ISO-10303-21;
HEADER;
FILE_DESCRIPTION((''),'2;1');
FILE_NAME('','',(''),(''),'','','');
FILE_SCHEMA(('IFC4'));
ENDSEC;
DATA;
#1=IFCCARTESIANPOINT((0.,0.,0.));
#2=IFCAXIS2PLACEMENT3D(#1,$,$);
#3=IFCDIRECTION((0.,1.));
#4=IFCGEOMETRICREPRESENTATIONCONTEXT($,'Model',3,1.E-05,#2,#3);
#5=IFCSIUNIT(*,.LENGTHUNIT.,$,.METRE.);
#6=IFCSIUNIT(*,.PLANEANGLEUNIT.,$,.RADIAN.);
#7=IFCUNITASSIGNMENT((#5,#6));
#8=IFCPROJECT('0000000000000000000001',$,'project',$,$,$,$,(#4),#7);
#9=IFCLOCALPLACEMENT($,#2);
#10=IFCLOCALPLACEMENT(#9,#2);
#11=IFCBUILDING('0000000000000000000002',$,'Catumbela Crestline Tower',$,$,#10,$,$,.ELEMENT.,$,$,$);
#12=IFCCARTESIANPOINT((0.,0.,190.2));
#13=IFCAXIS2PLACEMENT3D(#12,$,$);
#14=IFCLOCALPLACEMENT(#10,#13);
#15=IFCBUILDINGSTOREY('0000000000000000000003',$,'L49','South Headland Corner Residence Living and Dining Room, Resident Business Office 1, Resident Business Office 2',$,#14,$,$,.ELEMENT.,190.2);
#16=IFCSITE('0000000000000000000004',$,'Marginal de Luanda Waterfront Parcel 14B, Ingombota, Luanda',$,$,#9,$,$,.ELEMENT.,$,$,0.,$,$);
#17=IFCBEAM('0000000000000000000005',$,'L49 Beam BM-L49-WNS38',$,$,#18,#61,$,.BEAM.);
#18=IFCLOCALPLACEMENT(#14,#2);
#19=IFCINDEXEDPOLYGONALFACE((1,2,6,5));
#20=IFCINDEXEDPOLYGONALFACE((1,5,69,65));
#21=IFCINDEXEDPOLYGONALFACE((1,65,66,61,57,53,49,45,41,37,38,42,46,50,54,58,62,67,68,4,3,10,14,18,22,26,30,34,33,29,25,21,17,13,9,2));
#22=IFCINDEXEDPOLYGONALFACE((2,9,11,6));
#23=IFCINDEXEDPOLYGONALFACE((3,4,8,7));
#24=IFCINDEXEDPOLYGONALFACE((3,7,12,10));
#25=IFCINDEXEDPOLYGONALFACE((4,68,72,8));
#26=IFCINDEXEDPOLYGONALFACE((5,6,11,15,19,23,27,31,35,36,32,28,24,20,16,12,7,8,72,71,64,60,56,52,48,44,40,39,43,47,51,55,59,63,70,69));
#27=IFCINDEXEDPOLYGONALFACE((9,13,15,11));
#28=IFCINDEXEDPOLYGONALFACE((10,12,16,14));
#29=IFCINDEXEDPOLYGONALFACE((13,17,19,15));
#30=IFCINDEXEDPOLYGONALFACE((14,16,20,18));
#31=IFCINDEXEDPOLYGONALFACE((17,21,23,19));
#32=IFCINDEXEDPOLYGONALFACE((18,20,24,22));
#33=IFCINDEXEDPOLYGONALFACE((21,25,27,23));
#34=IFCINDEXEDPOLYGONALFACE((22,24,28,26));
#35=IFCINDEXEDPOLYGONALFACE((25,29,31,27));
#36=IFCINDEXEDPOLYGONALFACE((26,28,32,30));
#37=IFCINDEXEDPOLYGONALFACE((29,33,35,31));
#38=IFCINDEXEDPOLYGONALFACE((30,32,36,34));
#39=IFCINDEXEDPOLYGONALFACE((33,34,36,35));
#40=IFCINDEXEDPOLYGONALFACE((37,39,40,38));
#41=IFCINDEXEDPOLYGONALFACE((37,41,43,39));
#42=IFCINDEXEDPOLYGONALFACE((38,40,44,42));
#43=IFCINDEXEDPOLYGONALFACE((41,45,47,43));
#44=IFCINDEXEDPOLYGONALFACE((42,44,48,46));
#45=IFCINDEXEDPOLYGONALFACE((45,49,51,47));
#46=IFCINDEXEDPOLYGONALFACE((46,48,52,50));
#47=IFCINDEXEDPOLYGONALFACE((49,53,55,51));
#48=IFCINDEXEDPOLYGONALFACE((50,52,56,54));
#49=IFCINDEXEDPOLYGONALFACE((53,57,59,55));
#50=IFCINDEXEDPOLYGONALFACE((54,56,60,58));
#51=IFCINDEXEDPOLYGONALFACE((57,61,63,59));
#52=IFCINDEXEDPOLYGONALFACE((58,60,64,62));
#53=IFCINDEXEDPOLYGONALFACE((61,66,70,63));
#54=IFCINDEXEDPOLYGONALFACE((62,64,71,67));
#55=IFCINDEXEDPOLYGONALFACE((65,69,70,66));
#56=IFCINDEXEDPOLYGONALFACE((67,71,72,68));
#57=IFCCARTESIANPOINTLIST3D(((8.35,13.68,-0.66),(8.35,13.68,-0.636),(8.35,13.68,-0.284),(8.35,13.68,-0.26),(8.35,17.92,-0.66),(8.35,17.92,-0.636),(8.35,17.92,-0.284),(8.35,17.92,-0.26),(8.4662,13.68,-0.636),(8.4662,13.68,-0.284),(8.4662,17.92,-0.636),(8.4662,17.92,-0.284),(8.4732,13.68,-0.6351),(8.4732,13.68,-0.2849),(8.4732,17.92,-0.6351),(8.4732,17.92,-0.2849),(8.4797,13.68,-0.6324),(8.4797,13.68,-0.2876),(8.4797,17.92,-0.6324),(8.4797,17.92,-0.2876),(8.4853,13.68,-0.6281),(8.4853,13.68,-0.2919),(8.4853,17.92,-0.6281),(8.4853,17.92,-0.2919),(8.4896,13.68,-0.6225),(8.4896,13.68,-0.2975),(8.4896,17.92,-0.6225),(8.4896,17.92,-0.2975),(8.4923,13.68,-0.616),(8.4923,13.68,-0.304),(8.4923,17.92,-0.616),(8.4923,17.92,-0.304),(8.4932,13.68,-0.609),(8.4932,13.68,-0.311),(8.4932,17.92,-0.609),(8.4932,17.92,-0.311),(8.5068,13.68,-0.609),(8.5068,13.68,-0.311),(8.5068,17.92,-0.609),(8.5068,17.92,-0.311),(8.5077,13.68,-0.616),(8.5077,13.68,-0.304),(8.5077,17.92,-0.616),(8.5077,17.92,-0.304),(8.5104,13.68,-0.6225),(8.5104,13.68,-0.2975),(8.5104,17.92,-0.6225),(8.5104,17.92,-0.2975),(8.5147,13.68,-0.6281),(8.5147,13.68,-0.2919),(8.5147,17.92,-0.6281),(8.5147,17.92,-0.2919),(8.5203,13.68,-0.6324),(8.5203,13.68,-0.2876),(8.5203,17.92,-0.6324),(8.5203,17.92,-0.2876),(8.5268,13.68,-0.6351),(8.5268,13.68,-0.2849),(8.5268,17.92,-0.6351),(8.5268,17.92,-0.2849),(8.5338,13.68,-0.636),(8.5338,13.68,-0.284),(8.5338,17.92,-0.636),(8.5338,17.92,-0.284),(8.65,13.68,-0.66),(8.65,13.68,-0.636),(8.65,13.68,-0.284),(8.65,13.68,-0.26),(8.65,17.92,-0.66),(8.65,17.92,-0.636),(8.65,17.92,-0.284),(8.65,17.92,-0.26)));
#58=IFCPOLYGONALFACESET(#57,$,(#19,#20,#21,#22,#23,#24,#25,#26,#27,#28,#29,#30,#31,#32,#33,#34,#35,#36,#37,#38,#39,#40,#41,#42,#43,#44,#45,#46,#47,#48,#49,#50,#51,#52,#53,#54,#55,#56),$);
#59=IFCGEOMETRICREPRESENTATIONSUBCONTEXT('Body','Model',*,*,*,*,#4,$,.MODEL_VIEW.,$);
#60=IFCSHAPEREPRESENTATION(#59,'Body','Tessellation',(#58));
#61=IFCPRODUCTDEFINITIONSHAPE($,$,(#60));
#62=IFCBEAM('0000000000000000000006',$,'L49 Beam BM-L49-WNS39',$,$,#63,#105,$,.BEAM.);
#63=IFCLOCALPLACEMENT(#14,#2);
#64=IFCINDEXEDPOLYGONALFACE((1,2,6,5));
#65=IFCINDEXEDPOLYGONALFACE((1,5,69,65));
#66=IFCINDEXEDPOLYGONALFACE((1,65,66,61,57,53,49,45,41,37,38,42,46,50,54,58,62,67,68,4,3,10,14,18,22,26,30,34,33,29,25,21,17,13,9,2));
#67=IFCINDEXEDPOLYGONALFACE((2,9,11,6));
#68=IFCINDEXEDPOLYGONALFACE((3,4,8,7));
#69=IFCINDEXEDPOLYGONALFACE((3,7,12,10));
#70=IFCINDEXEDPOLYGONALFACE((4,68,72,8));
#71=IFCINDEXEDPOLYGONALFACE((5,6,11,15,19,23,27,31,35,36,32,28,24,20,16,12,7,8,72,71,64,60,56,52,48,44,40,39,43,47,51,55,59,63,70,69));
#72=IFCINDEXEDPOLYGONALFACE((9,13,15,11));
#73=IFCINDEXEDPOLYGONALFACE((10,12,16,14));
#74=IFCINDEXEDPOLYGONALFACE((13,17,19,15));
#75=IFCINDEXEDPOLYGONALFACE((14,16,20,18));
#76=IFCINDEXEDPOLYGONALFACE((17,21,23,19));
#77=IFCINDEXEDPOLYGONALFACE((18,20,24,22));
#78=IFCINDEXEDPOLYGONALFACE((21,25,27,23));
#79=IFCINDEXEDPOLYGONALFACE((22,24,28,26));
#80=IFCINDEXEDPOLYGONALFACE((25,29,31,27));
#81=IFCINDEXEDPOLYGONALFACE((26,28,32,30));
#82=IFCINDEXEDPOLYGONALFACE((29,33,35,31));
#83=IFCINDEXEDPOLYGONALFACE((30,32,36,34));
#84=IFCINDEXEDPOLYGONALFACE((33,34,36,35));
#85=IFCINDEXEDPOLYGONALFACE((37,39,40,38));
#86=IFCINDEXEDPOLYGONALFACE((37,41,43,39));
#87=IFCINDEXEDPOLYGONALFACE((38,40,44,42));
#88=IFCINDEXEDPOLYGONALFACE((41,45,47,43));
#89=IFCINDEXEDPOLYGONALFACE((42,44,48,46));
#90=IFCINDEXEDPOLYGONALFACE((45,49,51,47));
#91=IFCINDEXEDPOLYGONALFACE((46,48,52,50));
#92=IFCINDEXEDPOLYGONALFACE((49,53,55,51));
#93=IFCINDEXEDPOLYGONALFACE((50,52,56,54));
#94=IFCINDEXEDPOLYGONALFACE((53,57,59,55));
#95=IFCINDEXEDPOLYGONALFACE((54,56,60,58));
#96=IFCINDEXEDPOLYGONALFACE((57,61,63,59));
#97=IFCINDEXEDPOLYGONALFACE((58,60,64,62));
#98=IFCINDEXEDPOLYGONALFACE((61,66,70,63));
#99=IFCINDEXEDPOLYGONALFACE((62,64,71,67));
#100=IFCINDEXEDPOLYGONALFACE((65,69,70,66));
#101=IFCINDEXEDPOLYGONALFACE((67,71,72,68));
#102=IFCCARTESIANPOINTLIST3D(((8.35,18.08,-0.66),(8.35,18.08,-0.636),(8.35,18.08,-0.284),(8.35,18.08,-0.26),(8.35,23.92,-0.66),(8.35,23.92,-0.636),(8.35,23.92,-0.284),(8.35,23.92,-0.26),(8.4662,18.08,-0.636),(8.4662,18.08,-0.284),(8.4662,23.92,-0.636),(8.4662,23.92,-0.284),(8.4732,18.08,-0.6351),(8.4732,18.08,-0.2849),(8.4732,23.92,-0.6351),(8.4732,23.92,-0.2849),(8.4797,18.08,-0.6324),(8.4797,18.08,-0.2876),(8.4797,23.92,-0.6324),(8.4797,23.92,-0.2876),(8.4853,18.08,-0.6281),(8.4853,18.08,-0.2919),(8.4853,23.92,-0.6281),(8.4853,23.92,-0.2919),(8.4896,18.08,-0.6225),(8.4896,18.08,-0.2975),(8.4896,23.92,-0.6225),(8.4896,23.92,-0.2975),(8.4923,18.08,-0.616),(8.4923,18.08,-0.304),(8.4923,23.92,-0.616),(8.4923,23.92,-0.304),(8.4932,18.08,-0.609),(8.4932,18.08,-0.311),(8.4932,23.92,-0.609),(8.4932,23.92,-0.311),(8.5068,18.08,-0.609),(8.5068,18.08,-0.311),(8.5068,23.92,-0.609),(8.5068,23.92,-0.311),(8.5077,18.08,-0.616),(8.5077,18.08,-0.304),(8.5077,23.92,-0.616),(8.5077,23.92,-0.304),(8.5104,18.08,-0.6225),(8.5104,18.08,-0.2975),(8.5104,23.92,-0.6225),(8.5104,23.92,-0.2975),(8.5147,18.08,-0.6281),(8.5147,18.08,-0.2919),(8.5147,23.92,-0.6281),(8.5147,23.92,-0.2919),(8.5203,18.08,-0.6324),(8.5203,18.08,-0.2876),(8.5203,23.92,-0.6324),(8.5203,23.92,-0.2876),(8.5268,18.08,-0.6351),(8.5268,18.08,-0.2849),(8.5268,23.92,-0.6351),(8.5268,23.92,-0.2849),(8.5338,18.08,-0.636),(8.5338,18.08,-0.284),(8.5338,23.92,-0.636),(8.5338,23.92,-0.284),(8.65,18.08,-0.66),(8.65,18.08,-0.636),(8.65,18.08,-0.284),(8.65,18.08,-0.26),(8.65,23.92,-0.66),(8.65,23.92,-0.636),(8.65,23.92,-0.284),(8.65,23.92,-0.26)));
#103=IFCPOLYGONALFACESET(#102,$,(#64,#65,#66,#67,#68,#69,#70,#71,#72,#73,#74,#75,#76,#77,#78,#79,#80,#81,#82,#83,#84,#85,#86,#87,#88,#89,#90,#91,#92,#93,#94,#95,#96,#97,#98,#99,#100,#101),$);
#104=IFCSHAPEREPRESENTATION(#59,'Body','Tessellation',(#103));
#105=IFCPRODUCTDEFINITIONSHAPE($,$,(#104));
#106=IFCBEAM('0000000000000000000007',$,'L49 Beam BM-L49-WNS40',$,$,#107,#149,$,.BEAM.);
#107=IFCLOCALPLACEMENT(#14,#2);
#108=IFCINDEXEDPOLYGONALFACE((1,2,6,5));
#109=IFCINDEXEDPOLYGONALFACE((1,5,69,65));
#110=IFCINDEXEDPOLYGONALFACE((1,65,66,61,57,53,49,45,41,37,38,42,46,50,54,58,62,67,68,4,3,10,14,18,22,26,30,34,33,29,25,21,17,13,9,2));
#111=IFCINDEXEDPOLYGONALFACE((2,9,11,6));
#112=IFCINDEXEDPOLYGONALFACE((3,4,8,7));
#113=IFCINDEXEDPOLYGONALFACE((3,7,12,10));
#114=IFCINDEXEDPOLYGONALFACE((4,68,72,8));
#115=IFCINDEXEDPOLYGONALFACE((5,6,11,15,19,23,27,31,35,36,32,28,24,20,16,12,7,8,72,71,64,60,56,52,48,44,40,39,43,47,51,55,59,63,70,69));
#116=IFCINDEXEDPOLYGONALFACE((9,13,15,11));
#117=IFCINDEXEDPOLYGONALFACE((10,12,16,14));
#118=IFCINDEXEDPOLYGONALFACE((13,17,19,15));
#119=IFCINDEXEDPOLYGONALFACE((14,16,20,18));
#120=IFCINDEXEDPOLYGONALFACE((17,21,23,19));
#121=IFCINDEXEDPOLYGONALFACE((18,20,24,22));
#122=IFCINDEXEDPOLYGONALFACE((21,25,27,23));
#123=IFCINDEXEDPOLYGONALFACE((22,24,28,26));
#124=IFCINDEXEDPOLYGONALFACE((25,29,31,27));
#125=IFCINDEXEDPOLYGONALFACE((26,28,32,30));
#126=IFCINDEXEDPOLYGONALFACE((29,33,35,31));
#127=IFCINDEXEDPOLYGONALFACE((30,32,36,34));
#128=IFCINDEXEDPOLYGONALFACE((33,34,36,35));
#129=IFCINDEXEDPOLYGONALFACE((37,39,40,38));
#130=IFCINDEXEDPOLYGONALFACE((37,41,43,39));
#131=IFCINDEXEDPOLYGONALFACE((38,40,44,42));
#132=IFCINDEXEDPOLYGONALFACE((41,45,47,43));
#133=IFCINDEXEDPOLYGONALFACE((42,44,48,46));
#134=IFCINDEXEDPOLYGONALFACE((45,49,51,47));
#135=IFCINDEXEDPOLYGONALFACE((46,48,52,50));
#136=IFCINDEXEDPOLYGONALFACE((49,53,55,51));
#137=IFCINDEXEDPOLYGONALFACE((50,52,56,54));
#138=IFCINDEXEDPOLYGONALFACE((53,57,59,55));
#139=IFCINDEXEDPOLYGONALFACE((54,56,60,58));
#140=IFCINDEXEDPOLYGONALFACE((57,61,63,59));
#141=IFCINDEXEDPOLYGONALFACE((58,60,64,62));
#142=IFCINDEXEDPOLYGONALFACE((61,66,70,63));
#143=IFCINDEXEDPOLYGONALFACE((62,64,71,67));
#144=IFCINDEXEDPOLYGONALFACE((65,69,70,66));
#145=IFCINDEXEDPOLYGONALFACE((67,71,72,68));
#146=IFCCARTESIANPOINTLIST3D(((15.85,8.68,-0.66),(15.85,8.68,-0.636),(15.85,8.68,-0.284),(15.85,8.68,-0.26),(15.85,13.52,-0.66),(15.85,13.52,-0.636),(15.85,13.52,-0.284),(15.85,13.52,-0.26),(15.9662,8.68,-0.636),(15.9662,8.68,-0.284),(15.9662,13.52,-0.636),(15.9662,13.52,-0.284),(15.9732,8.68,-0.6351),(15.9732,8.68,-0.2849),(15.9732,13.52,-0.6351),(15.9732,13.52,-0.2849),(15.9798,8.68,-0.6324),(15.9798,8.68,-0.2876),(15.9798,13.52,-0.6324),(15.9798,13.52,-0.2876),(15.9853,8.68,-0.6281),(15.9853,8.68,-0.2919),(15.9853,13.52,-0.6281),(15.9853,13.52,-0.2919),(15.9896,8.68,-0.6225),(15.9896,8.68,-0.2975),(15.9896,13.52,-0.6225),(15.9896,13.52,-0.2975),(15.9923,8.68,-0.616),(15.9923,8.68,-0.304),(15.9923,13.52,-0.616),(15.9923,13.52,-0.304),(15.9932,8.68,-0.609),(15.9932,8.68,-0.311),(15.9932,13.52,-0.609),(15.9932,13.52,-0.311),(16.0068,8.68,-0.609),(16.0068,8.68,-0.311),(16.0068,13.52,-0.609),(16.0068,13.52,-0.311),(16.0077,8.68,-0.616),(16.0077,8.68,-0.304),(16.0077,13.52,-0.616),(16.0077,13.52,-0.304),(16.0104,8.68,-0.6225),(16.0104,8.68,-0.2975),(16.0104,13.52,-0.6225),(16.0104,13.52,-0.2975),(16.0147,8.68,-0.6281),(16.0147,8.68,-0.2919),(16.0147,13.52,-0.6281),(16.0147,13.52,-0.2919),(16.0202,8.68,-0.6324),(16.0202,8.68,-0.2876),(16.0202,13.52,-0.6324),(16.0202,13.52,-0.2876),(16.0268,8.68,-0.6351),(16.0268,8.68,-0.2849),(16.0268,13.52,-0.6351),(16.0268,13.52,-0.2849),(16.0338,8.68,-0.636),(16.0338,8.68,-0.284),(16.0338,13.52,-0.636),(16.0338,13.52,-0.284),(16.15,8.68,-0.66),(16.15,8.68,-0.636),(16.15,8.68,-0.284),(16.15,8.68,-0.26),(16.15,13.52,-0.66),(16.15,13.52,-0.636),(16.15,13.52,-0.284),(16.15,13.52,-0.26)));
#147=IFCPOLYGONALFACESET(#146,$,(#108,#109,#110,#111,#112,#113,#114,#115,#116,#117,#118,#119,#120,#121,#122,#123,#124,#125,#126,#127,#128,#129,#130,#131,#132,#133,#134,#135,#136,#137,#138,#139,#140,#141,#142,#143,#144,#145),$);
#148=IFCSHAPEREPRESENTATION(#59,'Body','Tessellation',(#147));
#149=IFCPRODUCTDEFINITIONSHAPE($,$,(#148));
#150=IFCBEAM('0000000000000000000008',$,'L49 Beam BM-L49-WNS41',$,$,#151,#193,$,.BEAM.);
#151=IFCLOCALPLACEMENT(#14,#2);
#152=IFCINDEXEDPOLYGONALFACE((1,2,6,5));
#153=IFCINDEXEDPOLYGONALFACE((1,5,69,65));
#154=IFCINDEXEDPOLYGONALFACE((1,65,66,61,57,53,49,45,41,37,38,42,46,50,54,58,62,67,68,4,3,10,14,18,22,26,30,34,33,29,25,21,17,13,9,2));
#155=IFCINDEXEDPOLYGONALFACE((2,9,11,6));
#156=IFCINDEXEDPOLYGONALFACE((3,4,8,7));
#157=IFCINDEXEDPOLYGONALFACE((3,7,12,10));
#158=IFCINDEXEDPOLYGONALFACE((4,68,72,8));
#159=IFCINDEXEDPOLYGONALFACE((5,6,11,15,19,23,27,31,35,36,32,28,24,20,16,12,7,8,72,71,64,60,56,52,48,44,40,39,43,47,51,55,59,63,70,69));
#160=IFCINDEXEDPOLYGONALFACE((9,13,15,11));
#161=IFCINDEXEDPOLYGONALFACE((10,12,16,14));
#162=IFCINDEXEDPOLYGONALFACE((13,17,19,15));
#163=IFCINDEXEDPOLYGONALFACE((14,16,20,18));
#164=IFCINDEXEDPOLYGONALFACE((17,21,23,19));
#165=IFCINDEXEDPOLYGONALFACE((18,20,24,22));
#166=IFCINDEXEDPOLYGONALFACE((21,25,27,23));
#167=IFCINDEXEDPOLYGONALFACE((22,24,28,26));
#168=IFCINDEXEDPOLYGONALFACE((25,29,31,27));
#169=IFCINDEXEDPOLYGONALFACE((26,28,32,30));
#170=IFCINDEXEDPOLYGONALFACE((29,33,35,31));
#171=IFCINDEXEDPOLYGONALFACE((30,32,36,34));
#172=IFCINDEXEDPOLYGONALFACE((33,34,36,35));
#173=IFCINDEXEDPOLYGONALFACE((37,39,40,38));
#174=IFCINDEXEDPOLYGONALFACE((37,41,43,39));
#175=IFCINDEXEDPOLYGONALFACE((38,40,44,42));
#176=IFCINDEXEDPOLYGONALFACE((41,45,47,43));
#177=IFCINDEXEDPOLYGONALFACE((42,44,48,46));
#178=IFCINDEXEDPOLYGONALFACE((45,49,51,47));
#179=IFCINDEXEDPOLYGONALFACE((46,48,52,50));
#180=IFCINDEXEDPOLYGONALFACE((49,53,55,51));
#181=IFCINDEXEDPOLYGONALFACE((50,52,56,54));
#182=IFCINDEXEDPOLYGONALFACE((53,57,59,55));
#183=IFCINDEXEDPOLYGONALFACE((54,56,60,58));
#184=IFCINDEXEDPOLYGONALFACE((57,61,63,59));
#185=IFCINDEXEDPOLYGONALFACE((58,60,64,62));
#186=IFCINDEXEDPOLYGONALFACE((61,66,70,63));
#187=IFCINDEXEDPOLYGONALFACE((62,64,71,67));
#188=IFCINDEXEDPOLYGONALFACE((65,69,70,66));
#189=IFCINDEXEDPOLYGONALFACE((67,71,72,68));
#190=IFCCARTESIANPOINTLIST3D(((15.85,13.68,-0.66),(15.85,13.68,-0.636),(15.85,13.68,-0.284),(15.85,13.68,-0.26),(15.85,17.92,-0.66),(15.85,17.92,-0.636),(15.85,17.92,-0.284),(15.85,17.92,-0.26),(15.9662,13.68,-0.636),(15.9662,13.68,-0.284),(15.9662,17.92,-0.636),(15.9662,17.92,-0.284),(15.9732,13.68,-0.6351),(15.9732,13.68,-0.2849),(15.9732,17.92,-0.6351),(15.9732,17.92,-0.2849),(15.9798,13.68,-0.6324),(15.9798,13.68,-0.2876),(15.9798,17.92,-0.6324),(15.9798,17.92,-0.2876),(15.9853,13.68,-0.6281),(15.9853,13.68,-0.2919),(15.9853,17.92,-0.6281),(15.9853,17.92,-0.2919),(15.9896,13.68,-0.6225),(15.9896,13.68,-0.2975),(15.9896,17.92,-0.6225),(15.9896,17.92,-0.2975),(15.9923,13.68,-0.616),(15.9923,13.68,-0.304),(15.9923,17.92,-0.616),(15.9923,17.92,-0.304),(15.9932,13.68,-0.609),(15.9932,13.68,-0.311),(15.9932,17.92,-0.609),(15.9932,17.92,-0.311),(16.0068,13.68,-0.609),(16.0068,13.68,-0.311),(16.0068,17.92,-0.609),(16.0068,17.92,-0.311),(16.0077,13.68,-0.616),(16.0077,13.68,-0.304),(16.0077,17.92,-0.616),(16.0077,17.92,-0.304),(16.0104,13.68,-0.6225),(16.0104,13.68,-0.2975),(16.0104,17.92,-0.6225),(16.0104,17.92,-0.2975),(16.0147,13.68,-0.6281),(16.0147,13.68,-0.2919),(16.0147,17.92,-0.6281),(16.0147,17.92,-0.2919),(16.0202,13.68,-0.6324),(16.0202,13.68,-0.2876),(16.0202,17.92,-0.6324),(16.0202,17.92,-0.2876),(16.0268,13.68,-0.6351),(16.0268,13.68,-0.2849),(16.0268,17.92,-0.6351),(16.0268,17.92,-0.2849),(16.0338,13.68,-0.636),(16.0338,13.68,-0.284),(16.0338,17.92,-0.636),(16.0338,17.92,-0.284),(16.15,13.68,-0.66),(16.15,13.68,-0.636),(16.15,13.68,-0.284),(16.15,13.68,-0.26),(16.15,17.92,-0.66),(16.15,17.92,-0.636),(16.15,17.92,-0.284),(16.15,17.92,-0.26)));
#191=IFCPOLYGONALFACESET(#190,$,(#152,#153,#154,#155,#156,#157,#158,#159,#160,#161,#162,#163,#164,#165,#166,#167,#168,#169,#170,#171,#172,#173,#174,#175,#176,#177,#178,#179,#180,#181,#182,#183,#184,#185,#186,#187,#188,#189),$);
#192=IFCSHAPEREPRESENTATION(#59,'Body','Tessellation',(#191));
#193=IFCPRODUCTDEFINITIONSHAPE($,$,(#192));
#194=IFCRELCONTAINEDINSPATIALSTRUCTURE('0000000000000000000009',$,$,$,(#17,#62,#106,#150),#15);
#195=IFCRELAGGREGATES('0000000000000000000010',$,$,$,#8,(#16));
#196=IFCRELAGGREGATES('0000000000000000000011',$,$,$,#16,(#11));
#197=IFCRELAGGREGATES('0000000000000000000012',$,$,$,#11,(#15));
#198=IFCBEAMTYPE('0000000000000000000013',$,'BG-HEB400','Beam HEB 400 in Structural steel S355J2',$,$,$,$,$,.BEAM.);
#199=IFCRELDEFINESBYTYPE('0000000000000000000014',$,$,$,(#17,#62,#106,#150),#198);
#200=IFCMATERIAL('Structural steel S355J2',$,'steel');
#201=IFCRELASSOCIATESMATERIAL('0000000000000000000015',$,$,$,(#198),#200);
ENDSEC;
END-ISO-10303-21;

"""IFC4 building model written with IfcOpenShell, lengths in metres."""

from ifc_helpers import new_model, si_unit, direction, frame, origin, origin_2d, place, context, subcontext, project, spatial, i_section, extrude, material, material_profile, profile_set, type_object, element, save


model = new_model("IFC4")

# Units and contexts
model_context = context("Model", 3, precision=1e-05, world=origin(), true_north=direction((0.0, 1.0)))
body_context = subcontext(model_context, "Body", "Model", "MODEL_VIEW")
ifc_project = project(units=[si_unit("LENGTHUNIT", "METRE"), si_unit("PLANEANGLEUNIT", "RADIAN")], contexts=[model_context])

# Site, building, storey
site_placement = place(None, origin())
site = spatial("IfcSite", under=ifc_project, at=site_placement, Name="Marginal de Luanda Waterfront Parcel 14B, Ingombota, Luanda", CompositionType="ELEMENT", RefElevation=0.0)
building_placement = place(site_placement, origin())
building = spatial("IfcBuilding", under=site, at=building_placement, Name="Catumbela Crestline Tower", CompositionType="ELEMENT")
storey_placement = place(building_placement, frame((0.0, 0.0, 190.2)))
storey = spatial("IfcBuildingStorey", under=building, at=storey_placement, Name="L49", Description="South Headland Corner Residence Living and Dining Room, Resident Business Office 1, Resident Business Office 2", CompositionType="ELEMENT", Elevation=190.2)

# Shared definitions
ifc_material_1 = material(Name="Structural steel S355J2", Category="steel")

# Beams
ifc_material_profile_1 = material_profile(ifc_material_1, i_section(OverallWidth=0.3, OverallDepth=0.4, WebThickness=0.0135, FlangeThickness=0.024, FilletRadius=0.027, at=origin_2d()), Name="HEB 400")
ifc_profile_set_1 = profile_set([ifc_material_profile_1], Name="Structural steel S355J2")
beam_type_1 = type_object("IfcBeamType", Name="BG-HEB400", Description="Beam HEB 400 in Structural steel S355J2", PredefinedType="BEAM", material=ifc_profile_set_1)
beam_1_placement = place(storey_placement, frame((8.5, 13.68, -0.46), z_axis=(0.0, 1.0, 0.0), x_axis=(-1.0, 0.0, 0.0)))
element("IfcBeam", 1, at=beam_1_placement, inside=storey, type_object=beam_type_1, Name="L49 Beam BM-L49-WNS38", PredefinedType="BEAM", context=body_context, shape_type="SweptSolid", body=[
    extrude(i_section(OverallWidth=0.3, OverallDepth=0.4, WebThickness=0.0135, FlangeThickness=0.024, FilletRadius=0.027, at=origin_2d()), origin(), (0.0, 0.0, 1.0), 4.24),
])
beam_2_placement = place(storey_placement, frame((8.5, 18.08, -0.46), z_axis=(0.0, 1.0, 0.0), x_axis=(-1.0, 0.0, 0.0)))
element("IfcBeam", 2, at=beam_2_placement, inside=storey, type_object=beam_type_1, Name="L49 Beam BM-L49-WNS39", PredefinedType="BEAM", context=body_context, shape_type="SweptSolid", body=[
    extrude(i_section(OverallWidth=0.3, OverallDepth=0.4, WebThickness=0.0135, FlangeThickness=0.024, FilletRadius=0.027, at=origin_2d()), origin(), (0.0, 0.0, 1.0), 5.84),
])
beam_3_placement = place(storey_placement, frame((16.0, 8.68, -0.46), z_axis=(0.0, 1.0, 0.0), x_axis=(-1.0, 0.0, 0.0)))
element("IfcBeam", 3, at=beam_3_placement, inside=storey, type_object=beam_type_1, Name="L49 Beam BM-L49-WNS40", PredefinedType="BEAM", context=body_context, shape_type="SweptSolid", body=[
    extrude(i_section(OverallWidth=0.3, OverallDepth=0.4, WebThickness=0.0135, FlangeThickness=0.024, FilletRadius=0.027, at=origin_2d()), origin(), (0.0, 0.0, 1.0), 4.84),
])
beam_4_placement = place(storey_placement, frame((16.0, 13.68, -0.46), z_axis=(0.0, 1.0, 0.0), x_axis=(-1.0, 0.0, 0.0)))
element("IfcBeam", 4, at=beam_4_placement, inside=storey, type_object=beam_type_1, Name="L49 Beam BM-L49-WNS41", PredefinedType="BEAM", context=body_context, shape_type="SweptSolid", body=[
    extrude(i_section(OverallWidth=0.3, OverallDepth=0.4, WebThickness=0.0135, FlangeThickness=0.024, FilletRadius=0.027, at=origin_2d()), origin(), (0.0, 0.0, 1.0), 4.24),
])

save(model, "model.ifc")
